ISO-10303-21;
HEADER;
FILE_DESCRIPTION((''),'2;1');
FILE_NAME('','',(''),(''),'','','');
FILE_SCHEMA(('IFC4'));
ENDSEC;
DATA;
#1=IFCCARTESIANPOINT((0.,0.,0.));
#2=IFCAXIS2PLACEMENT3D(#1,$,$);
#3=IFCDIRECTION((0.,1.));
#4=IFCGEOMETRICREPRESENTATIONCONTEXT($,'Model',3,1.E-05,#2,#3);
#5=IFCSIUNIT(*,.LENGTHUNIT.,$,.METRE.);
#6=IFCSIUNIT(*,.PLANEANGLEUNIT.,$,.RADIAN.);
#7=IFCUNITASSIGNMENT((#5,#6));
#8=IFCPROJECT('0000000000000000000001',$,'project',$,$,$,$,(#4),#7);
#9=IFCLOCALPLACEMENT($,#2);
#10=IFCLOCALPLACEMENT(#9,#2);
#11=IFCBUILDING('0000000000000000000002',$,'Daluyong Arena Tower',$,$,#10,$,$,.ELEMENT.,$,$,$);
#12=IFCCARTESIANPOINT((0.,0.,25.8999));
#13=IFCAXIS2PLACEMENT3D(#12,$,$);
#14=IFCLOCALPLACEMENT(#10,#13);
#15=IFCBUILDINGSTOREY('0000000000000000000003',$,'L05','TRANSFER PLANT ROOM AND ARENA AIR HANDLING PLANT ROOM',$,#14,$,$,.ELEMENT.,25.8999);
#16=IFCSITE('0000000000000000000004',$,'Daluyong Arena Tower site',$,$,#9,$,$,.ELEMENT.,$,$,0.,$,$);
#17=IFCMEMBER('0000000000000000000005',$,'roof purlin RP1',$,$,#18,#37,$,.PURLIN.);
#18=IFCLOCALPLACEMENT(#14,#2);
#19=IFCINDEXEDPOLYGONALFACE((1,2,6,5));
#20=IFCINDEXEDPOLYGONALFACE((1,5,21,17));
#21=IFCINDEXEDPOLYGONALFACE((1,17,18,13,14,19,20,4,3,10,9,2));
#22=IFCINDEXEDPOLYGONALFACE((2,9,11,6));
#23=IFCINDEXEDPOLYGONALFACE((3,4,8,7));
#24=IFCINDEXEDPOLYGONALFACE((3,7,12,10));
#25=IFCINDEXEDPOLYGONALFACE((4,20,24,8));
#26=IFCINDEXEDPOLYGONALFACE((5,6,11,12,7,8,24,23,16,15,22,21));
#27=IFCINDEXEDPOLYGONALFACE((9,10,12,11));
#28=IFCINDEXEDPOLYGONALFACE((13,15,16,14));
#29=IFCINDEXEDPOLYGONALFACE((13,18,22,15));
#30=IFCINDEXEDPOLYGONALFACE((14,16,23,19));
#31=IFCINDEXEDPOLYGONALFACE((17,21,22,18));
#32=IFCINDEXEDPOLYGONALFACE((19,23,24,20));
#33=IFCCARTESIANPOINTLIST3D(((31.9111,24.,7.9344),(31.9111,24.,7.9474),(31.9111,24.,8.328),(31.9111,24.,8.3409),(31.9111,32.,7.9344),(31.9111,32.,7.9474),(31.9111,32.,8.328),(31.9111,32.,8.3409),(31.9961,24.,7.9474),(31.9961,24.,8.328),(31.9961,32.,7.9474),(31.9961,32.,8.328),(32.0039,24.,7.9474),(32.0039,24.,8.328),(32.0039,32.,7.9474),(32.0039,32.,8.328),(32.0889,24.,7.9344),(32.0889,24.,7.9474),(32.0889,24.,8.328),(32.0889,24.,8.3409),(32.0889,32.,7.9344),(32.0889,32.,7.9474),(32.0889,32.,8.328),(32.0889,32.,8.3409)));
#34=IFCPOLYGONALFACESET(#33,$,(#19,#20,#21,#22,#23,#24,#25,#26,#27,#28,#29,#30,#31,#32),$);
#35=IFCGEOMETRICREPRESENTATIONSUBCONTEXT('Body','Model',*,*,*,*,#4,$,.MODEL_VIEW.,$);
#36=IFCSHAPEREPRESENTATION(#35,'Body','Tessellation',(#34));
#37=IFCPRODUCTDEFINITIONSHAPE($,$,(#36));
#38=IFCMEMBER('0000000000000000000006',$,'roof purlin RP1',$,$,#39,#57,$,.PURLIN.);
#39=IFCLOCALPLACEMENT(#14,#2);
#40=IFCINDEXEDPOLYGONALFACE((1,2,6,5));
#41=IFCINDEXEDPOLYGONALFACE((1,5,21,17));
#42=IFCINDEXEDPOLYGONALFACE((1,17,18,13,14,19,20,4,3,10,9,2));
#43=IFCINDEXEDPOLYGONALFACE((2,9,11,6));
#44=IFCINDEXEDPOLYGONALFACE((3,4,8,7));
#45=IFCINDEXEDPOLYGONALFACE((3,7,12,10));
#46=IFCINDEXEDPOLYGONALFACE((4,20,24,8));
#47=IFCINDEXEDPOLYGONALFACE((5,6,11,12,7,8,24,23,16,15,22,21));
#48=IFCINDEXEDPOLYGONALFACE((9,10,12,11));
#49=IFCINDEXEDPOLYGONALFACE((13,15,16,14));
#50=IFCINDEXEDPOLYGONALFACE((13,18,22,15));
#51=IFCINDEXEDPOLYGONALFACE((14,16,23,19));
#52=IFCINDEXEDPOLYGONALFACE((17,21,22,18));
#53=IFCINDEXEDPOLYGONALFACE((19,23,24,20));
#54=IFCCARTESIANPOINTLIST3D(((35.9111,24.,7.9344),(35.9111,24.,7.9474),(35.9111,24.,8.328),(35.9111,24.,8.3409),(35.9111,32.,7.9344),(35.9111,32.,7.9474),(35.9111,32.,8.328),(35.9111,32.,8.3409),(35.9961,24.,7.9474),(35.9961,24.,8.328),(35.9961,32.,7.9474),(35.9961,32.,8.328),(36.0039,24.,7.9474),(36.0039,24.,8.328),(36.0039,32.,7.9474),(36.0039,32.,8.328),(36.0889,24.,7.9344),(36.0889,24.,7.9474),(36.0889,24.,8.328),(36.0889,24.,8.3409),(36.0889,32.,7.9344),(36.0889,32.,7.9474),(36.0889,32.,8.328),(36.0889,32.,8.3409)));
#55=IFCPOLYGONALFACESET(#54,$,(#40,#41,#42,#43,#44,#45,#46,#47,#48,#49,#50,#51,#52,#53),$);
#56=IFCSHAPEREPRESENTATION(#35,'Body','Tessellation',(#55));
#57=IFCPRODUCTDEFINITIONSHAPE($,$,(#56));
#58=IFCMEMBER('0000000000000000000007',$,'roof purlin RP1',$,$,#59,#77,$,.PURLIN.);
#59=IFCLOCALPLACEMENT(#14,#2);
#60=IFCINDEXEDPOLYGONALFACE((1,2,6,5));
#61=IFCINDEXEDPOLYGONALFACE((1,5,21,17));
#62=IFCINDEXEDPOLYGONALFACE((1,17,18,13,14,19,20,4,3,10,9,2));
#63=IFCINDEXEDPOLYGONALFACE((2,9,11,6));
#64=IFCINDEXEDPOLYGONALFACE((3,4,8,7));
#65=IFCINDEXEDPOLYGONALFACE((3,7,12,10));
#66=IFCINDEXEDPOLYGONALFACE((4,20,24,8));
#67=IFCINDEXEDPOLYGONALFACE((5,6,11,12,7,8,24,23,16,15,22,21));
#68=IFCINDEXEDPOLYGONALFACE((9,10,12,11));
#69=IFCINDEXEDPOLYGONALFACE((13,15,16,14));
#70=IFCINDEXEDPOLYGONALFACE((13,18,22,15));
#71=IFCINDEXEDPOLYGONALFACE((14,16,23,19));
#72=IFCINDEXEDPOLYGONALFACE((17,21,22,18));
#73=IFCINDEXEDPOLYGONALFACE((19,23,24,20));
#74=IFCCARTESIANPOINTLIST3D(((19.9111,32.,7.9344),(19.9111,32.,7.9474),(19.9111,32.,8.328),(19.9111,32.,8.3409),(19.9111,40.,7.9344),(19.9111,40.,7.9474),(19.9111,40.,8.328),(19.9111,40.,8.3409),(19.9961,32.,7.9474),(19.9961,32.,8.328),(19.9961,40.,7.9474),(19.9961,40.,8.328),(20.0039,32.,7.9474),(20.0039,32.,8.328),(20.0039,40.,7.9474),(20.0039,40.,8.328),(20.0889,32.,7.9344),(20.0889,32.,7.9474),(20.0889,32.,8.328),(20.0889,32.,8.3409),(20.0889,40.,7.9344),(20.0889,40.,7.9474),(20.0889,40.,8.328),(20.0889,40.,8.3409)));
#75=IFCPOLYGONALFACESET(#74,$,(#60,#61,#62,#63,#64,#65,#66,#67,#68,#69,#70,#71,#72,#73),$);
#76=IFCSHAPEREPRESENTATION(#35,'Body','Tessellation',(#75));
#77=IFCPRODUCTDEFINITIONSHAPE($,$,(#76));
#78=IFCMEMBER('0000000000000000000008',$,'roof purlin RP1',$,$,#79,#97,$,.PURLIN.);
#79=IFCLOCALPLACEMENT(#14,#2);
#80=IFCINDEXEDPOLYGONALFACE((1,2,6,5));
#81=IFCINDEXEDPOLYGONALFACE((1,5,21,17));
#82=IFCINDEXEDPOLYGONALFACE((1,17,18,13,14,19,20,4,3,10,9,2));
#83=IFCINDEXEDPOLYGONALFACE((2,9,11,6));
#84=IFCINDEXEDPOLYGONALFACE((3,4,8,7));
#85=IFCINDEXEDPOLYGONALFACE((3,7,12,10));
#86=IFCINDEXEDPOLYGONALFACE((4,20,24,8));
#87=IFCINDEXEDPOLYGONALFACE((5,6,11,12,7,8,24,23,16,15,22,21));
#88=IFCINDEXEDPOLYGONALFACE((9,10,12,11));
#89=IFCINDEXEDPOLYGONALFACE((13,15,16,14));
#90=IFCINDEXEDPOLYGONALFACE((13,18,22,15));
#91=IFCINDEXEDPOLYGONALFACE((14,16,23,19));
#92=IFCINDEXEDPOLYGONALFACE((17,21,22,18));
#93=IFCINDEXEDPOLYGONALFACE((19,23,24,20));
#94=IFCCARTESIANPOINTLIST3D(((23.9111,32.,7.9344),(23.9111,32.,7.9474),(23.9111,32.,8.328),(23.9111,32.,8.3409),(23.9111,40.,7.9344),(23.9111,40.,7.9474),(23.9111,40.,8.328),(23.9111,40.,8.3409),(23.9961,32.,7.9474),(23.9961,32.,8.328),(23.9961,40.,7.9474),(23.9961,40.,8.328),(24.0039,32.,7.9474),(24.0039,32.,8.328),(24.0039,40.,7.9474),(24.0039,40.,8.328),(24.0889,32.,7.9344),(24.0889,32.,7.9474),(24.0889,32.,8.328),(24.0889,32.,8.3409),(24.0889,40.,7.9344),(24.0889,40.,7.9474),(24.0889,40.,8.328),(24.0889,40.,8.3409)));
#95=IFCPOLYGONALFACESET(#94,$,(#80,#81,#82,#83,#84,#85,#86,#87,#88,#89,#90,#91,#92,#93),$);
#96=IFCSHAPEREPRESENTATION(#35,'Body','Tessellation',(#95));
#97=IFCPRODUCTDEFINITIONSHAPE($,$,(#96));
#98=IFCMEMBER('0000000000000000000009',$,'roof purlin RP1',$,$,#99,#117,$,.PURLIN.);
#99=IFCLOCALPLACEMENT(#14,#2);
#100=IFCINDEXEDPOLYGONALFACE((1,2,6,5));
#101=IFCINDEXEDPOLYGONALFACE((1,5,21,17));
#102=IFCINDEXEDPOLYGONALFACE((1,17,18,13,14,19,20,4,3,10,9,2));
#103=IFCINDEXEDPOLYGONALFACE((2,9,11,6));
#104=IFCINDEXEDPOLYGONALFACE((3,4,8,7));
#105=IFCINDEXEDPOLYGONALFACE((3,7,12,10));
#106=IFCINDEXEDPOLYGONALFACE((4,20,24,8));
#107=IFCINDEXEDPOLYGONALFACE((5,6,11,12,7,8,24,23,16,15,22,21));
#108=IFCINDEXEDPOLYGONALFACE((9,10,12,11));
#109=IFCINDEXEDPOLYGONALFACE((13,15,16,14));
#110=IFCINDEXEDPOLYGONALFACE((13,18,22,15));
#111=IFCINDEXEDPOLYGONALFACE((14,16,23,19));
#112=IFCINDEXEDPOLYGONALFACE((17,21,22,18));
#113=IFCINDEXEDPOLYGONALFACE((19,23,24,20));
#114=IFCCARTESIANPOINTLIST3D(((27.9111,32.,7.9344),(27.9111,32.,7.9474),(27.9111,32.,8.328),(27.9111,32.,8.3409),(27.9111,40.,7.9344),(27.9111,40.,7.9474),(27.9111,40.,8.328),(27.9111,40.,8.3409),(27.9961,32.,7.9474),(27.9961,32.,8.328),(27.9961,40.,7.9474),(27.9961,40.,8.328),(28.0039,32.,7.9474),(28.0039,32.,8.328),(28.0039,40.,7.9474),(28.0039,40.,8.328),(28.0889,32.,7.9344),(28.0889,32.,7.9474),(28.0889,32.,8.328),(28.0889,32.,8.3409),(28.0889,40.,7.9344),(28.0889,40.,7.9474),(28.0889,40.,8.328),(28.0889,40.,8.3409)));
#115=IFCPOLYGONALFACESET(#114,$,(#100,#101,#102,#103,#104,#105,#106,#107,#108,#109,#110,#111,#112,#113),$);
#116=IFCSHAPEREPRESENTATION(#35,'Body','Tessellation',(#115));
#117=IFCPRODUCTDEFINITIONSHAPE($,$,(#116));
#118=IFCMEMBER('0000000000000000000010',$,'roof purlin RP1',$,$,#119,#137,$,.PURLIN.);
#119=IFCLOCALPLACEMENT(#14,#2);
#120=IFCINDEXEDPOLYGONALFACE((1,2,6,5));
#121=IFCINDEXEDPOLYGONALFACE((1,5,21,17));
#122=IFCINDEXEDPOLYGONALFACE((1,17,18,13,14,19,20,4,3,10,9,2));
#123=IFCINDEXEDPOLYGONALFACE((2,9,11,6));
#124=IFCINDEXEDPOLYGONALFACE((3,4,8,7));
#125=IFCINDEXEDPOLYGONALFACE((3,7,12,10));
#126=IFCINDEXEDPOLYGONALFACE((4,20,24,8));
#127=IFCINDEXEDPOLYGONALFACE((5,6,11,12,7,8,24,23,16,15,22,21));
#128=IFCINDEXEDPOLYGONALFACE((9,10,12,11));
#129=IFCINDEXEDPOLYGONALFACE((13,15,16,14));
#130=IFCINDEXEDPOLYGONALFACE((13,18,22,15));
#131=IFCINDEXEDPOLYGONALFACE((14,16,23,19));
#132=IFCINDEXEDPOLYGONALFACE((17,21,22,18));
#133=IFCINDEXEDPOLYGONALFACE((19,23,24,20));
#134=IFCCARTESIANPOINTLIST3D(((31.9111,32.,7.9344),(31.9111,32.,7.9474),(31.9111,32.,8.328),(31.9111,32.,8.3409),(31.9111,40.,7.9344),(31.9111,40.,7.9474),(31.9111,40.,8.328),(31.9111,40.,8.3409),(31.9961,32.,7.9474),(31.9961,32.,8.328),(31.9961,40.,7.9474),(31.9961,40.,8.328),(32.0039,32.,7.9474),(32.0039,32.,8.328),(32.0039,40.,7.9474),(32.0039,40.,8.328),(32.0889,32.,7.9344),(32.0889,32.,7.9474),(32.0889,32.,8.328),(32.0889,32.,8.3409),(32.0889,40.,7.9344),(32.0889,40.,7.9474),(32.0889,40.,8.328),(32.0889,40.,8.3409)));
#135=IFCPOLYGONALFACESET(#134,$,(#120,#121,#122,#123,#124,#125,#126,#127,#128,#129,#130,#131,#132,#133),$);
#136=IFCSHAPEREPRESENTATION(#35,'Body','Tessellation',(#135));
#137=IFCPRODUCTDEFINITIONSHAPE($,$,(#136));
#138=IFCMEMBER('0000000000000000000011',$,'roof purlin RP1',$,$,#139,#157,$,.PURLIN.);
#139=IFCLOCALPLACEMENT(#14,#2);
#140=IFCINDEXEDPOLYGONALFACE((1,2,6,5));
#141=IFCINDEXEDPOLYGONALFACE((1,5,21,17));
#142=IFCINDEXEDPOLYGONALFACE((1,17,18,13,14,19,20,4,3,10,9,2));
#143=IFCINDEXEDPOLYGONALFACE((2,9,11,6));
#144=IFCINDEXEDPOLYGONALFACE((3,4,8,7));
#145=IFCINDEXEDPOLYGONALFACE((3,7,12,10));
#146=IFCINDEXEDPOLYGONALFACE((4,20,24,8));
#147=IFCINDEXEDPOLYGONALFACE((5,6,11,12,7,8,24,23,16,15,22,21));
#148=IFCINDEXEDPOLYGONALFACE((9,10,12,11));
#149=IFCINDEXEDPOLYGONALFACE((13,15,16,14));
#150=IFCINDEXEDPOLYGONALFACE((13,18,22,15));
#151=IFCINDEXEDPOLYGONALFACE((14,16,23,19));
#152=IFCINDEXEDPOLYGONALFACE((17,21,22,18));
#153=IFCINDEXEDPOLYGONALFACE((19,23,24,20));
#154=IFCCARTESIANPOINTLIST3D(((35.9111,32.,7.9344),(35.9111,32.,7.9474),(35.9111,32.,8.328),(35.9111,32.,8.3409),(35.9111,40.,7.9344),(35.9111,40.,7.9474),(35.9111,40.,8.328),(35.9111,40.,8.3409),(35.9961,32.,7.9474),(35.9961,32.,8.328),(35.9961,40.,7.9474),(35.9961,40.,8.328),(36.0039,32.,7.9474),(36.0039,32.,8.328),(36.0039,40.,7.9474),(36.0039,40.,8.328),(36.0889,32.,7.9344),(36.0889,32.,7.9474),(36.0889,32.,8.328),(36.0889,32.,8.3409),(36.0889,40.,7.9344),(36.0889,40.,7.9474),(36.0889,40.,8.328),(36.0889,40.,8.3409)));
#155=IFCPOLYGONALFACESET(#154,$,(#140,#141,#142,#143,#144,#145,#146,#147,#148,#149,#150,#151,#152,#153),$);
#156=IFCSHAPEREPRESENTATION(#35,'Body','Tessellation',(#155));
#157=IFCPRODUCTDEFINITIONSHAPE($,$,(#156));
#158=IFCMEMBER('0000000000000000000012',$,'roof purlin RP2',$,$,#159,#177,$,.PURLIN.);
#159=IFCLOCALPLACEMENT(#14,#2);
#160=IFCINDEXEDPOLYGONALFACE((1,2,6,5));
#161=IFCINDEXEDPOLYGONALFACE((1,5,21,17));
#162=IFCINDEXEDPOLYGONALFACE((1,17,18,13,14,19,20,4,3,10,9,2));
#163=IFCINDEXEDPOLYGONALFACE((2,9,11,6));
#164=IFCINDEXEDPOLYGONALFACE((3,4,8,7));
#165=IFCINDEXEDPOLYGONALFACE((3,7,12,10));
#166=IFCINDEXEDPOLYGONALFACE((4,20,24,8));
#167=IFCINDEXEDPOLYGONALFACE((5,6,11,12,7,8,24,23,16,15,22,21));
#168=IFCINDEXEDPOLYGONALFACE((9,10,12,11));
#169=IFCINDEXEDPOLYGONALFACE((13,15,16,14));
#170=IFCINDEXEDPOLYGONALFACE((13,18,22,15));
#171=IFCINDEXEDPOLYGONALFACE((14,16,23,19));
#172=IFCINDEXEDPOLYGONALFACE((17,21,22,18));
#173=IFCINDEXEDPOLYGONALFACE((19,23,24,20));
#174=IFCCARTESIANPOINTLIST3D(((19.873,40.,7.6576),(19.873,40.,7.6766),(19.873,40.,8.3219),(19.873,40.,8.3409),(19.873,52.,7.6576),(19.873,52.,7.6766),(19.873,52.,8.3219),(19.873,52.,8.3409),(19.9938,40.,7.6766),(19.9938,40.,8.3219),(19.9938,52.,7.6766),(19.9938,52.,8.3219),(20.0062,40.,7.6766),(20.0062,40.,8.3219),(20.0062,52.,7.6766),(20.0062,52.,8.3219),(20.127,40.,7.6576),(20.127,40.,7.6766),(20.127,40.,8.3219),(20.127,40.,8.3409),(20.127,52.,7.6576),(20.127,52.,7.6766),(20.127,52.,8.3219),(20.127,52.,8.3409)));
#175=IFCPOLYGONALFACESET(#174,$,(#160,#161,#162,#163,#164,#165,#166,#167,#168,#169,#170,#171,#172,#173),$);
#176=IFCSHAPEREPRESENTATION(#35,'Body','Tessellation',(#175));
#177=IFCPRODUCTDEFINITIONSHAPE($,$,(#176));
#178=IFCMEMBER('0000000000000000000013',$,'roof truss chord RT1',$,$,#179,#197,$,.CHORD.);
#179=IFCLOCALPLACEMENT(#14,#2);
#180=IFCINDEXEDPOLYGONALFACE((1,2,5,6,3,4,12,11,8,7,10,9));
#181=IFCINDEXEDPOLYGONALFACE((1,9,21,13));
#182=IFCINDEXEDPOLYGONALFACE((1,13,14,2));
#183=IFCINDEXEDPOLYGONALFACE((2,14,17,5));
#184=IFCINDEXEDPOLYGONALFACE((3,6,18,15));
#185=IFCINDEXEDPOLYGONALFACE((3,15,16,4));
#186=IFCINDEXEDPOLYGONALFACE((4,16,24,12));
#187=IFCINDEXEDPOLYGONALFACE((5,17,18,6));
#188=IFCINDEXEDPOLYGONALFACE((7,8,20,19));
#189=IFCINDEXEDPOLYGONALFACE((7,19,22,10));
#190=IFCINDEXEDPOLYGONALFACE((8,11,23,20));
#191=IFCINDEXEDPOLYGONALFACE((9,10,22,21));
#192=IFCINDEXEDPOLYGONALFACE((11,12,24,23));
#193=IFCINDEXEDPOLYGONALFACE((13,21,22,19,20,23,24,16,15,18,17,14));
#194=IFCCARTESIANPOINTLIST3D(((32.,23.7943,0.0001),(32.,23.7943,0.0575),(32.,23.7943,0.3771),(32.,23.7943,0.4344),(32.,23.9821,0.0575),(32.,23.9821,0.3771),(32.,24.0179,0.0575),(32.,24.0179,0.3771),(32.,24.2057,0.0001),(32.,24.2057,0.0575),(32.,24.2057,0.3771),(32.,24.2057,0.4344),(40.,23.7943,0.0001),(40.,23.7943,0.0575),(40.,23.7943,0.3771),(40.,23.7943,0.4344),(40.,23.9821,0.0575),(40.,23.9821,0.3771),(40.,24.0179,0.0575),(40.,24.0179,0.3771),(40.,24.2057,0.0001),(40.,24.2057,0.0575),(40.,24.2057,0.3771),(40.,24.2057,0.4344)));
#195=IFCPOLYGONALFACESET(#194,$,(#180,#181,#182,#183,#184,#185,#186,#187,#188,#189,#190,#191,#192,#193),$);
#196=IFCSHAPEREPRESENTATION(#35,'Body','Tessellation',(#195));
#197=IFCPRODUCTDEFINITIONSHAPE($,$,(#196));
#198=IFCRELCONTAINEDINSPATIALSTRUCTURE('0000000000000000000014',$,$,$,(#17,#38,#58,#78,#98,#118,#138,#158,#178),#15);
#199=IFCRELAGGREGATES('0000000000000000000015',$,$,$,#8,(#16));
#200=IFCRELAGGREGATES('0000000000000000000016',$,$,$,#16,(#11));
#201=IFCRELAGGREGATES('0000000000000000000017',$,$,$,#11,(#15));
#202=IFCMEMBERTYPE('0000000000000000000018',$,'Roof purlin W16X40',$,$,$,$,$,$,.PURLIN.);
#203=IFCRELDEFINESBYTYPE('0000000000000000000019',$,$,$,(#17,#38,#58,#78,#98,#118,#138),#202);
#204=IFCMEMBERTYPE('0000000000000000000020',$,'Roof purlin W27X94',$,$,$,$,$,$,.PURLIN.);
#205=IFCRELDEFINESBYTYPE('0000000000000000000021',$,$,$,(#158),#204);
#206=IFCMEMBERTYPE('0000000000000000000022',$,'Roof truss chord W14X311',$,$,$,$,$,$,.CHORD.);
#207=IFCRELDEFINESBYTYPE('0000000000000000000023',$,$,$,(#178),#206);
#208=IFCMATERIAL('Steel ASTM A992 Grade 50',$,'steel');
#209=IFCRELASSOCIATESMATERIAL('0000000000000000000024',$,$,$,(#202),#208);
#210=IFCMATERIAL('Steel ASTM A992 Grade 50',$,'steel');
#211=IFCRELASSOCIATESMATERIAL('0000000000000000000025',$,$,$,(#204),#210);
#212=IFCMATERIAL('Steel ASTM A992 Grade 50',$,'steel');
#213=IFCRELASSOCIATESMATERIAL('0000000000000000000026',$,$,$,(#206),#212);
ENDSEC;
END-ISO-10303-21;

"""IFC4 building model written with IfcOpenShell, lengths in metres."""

from ifc_helpers import new_model, si_unit, direction, frame, origin, origin_2d, place, context, subcontext, project, spatial, i_section, extrude, material, material_profile, profile_set, type_object, element, save


model = new_model("IFC4")

# Units and contexts
model_context = context("Model", 3, precision=1e-05, world=origin(), true_north=direction((0.0, 1.0)))
body_context = subcontext(model_context, "Body", "Model", "MODEL_VIEW")
ifc_project = project(units=[si_unit("LENGTHUNIT", "METRE"), si_unit("PLANEANGLEUNIT", "RADIAN")], contexts=[model_context])

# Site, building, storey
site_placement = place(None, origin())
site = spatial("IfcSite", under=ifc_project, at=site_placement, Name="Daluyong Arena Tower site", CompositionType="ELEMENT", RefElevation=0.0)
building_placement = place(site_placement, origin())
building = spatial("IfcBuilding", under=site, at=building_placement, Name="Daluyong Arena Tower", CompositionType="ELEMENT")
storey_placement = place(building_placement, frame((0.0, 0.0, 25.8999)))
storey = spatial("IfcBuildingStorey", under=building, at=storey_placement, Name="L05", Description="TRANSFER PLANT ROOM AND ARENA AIR HANDLING PLANT ROOM", CompositionType="ELEMENT", Elevation=25.8999)

# Members
ifc_material_1 = material(Name="Steel ASTM A992 Grade 50", Category="steel")
ifc_material_profile_1 = material_profile(ifc_material_1, i_section(OverallWidth=0.1777, OverallDepth=0.4065, WebThickness=0.0078, FlangeThickness=0.0129, at=origin_2d()))
ifc_profile_set_1 = profile_set([ifc_material_profile_1], Name="Steel ASTM A992 Grade 50")
member_type_1 = type_object("IfcMemberType", Name="Roof purlin W16X40", PredefinedType="PURLIN", material=ifc_profile_set_1)
for number, where, z_axis, x_axis, name in (
    (1, (32.0, 24.0, 8.1377), (0.0, 1.0, 0.0), (-1.0, 0.0, 0.0), "roof purlin RP1"),
    (2, (36.0, 24.0, 8.1377), (0.0, 1.0, 0.0), (-1.0, 0.0, 0.0), "roof purlin RP1"),
    (3, (20.0, 32.0, 8.1377), (0.0, 1.0, 0.0), (-1.0, 0.0, 0.0), "roof purlin RP1"),
    (4, (24.0, 32.0, 8.1377), (0.0, 1.0, 0.0), (-1.0, 0.0, 0.0), "roof purlin RP1"),
    (5, (28.0, 32.0, 8.1377), (0.0, 1.0, 0.0), (-1.0, 0.0, 0.0), "roof purlin RP1"),
    (6, (32.0, 32.0, 8.1377), (0.0, 1.0, 0.0), (-1.0, 0.0, 0.0), "roof purlin RP1"),
    (7, (36.0, 32.0, 8.1377), (0.0, 1.0, 0.0), (-1.0, 0.0, 0.0), "roof purlin RP1"),
):
    element("IfcMember", number, at=place(storey_placement, frame(where, z_axis=z_axis, x_axis=x_axis)), inside=storey, type_object=member_type_1, Name=name, PredefinedType="PURLIN", context=body_context, shape_type="SweptSolid", body=[
        extrude(i_section(OverallWidth=0.1777, OverallDepth=0.4065, WebThickness=0.0078, FlangeThickness=0.0129, at=origin_2d()), origin(), (0.0, 0.0, 1.0), 8.0),
    ])
ifc_material_2 = material(Name="Steel ASTM A992 Grade 50", Category="steel")
ifc_material_profile_2 = material_profile(ifc_material_2, i_section(OverallWidth=0.2539, OverallDepth=0.6833, WebThickness=0.0125, FlangeThickness=0.019, at=origin_2d()))
ifc_profile_set_2 = profile_set([ifc_material_profile_2], Name="Steel ASTM A992 Grade 50")
member_type_2 = type_object("IfcMemberType", Name="Roof purlin W27X94", PredefinedType="PURLIN", material=ifc_profile_set_2)
member_placement = place(storey_placement, frame((20.0, 40.0, 7.9993), z_axis=(0.0, 1.0, 0.0), x_axis=(-1.0, 0.0, 0.0)))
element("IfcMember", 8, at=member_placement, inside=storey, type_object=member_type_2, Name="roof purlin RP2", PredefinedType="PURLIN", context=body_context, shape_type="SweptSolid", body=[
    extrude(i_section(OverallWidth=0.2539, OverallDepth=0.6833, WebThickness=0.0125, FlangeThickness=0.019, at=origin_2d()), origin(), (0.0, 0.0, 1.0), 12.0),
])
ifc_material_3 = material(Name="Steel ASTM A992 Grade 50", Category="steel")
ifc_material_profile_3 = material_profile(ifc_material_3, i_section(OverallWidth=0.4114, OverallDepth=0.4343, WebThickness=0.0359, FlangeThickness=0.0574, at=origin_2d()))
ifc_profile_set_3 = profile_set([ifc_material_profile_3], Name="Steel ASTM A992 Grade 50")
member_type_3 = type_object("IfcMemberType", Name="Roof truss chord W14X311", PredefinedType="CHORD", material=ifc_profile_set_3)
for number, where, z_axis, x_axis, name in (
    (9, (32.0, 24.0, 0.2173), (1.0, 0.0, 0.0), (0.0, 1.0, 0.0), "roof truss chord RT1"),
):
    element("IfcMember", number, at=place(storey_placement, frame(where, z_axis=z_axis, x_axis=x_axis)), inside=storey, type_object=member_type_3, Name=name, PredefinedType="CHORD", context=body_context, shape_type="SweptSolid", body=[
        extrude(i_section(OverallWidth=0.4114, OverallDepth=0.4343, WebThickness=0.0359, FlangeThickness=0.0574, at=origin_2d()), origin(), (0.0, 0.0, 1.0), 8.0),
    ])

save(model, "model.ifc")
